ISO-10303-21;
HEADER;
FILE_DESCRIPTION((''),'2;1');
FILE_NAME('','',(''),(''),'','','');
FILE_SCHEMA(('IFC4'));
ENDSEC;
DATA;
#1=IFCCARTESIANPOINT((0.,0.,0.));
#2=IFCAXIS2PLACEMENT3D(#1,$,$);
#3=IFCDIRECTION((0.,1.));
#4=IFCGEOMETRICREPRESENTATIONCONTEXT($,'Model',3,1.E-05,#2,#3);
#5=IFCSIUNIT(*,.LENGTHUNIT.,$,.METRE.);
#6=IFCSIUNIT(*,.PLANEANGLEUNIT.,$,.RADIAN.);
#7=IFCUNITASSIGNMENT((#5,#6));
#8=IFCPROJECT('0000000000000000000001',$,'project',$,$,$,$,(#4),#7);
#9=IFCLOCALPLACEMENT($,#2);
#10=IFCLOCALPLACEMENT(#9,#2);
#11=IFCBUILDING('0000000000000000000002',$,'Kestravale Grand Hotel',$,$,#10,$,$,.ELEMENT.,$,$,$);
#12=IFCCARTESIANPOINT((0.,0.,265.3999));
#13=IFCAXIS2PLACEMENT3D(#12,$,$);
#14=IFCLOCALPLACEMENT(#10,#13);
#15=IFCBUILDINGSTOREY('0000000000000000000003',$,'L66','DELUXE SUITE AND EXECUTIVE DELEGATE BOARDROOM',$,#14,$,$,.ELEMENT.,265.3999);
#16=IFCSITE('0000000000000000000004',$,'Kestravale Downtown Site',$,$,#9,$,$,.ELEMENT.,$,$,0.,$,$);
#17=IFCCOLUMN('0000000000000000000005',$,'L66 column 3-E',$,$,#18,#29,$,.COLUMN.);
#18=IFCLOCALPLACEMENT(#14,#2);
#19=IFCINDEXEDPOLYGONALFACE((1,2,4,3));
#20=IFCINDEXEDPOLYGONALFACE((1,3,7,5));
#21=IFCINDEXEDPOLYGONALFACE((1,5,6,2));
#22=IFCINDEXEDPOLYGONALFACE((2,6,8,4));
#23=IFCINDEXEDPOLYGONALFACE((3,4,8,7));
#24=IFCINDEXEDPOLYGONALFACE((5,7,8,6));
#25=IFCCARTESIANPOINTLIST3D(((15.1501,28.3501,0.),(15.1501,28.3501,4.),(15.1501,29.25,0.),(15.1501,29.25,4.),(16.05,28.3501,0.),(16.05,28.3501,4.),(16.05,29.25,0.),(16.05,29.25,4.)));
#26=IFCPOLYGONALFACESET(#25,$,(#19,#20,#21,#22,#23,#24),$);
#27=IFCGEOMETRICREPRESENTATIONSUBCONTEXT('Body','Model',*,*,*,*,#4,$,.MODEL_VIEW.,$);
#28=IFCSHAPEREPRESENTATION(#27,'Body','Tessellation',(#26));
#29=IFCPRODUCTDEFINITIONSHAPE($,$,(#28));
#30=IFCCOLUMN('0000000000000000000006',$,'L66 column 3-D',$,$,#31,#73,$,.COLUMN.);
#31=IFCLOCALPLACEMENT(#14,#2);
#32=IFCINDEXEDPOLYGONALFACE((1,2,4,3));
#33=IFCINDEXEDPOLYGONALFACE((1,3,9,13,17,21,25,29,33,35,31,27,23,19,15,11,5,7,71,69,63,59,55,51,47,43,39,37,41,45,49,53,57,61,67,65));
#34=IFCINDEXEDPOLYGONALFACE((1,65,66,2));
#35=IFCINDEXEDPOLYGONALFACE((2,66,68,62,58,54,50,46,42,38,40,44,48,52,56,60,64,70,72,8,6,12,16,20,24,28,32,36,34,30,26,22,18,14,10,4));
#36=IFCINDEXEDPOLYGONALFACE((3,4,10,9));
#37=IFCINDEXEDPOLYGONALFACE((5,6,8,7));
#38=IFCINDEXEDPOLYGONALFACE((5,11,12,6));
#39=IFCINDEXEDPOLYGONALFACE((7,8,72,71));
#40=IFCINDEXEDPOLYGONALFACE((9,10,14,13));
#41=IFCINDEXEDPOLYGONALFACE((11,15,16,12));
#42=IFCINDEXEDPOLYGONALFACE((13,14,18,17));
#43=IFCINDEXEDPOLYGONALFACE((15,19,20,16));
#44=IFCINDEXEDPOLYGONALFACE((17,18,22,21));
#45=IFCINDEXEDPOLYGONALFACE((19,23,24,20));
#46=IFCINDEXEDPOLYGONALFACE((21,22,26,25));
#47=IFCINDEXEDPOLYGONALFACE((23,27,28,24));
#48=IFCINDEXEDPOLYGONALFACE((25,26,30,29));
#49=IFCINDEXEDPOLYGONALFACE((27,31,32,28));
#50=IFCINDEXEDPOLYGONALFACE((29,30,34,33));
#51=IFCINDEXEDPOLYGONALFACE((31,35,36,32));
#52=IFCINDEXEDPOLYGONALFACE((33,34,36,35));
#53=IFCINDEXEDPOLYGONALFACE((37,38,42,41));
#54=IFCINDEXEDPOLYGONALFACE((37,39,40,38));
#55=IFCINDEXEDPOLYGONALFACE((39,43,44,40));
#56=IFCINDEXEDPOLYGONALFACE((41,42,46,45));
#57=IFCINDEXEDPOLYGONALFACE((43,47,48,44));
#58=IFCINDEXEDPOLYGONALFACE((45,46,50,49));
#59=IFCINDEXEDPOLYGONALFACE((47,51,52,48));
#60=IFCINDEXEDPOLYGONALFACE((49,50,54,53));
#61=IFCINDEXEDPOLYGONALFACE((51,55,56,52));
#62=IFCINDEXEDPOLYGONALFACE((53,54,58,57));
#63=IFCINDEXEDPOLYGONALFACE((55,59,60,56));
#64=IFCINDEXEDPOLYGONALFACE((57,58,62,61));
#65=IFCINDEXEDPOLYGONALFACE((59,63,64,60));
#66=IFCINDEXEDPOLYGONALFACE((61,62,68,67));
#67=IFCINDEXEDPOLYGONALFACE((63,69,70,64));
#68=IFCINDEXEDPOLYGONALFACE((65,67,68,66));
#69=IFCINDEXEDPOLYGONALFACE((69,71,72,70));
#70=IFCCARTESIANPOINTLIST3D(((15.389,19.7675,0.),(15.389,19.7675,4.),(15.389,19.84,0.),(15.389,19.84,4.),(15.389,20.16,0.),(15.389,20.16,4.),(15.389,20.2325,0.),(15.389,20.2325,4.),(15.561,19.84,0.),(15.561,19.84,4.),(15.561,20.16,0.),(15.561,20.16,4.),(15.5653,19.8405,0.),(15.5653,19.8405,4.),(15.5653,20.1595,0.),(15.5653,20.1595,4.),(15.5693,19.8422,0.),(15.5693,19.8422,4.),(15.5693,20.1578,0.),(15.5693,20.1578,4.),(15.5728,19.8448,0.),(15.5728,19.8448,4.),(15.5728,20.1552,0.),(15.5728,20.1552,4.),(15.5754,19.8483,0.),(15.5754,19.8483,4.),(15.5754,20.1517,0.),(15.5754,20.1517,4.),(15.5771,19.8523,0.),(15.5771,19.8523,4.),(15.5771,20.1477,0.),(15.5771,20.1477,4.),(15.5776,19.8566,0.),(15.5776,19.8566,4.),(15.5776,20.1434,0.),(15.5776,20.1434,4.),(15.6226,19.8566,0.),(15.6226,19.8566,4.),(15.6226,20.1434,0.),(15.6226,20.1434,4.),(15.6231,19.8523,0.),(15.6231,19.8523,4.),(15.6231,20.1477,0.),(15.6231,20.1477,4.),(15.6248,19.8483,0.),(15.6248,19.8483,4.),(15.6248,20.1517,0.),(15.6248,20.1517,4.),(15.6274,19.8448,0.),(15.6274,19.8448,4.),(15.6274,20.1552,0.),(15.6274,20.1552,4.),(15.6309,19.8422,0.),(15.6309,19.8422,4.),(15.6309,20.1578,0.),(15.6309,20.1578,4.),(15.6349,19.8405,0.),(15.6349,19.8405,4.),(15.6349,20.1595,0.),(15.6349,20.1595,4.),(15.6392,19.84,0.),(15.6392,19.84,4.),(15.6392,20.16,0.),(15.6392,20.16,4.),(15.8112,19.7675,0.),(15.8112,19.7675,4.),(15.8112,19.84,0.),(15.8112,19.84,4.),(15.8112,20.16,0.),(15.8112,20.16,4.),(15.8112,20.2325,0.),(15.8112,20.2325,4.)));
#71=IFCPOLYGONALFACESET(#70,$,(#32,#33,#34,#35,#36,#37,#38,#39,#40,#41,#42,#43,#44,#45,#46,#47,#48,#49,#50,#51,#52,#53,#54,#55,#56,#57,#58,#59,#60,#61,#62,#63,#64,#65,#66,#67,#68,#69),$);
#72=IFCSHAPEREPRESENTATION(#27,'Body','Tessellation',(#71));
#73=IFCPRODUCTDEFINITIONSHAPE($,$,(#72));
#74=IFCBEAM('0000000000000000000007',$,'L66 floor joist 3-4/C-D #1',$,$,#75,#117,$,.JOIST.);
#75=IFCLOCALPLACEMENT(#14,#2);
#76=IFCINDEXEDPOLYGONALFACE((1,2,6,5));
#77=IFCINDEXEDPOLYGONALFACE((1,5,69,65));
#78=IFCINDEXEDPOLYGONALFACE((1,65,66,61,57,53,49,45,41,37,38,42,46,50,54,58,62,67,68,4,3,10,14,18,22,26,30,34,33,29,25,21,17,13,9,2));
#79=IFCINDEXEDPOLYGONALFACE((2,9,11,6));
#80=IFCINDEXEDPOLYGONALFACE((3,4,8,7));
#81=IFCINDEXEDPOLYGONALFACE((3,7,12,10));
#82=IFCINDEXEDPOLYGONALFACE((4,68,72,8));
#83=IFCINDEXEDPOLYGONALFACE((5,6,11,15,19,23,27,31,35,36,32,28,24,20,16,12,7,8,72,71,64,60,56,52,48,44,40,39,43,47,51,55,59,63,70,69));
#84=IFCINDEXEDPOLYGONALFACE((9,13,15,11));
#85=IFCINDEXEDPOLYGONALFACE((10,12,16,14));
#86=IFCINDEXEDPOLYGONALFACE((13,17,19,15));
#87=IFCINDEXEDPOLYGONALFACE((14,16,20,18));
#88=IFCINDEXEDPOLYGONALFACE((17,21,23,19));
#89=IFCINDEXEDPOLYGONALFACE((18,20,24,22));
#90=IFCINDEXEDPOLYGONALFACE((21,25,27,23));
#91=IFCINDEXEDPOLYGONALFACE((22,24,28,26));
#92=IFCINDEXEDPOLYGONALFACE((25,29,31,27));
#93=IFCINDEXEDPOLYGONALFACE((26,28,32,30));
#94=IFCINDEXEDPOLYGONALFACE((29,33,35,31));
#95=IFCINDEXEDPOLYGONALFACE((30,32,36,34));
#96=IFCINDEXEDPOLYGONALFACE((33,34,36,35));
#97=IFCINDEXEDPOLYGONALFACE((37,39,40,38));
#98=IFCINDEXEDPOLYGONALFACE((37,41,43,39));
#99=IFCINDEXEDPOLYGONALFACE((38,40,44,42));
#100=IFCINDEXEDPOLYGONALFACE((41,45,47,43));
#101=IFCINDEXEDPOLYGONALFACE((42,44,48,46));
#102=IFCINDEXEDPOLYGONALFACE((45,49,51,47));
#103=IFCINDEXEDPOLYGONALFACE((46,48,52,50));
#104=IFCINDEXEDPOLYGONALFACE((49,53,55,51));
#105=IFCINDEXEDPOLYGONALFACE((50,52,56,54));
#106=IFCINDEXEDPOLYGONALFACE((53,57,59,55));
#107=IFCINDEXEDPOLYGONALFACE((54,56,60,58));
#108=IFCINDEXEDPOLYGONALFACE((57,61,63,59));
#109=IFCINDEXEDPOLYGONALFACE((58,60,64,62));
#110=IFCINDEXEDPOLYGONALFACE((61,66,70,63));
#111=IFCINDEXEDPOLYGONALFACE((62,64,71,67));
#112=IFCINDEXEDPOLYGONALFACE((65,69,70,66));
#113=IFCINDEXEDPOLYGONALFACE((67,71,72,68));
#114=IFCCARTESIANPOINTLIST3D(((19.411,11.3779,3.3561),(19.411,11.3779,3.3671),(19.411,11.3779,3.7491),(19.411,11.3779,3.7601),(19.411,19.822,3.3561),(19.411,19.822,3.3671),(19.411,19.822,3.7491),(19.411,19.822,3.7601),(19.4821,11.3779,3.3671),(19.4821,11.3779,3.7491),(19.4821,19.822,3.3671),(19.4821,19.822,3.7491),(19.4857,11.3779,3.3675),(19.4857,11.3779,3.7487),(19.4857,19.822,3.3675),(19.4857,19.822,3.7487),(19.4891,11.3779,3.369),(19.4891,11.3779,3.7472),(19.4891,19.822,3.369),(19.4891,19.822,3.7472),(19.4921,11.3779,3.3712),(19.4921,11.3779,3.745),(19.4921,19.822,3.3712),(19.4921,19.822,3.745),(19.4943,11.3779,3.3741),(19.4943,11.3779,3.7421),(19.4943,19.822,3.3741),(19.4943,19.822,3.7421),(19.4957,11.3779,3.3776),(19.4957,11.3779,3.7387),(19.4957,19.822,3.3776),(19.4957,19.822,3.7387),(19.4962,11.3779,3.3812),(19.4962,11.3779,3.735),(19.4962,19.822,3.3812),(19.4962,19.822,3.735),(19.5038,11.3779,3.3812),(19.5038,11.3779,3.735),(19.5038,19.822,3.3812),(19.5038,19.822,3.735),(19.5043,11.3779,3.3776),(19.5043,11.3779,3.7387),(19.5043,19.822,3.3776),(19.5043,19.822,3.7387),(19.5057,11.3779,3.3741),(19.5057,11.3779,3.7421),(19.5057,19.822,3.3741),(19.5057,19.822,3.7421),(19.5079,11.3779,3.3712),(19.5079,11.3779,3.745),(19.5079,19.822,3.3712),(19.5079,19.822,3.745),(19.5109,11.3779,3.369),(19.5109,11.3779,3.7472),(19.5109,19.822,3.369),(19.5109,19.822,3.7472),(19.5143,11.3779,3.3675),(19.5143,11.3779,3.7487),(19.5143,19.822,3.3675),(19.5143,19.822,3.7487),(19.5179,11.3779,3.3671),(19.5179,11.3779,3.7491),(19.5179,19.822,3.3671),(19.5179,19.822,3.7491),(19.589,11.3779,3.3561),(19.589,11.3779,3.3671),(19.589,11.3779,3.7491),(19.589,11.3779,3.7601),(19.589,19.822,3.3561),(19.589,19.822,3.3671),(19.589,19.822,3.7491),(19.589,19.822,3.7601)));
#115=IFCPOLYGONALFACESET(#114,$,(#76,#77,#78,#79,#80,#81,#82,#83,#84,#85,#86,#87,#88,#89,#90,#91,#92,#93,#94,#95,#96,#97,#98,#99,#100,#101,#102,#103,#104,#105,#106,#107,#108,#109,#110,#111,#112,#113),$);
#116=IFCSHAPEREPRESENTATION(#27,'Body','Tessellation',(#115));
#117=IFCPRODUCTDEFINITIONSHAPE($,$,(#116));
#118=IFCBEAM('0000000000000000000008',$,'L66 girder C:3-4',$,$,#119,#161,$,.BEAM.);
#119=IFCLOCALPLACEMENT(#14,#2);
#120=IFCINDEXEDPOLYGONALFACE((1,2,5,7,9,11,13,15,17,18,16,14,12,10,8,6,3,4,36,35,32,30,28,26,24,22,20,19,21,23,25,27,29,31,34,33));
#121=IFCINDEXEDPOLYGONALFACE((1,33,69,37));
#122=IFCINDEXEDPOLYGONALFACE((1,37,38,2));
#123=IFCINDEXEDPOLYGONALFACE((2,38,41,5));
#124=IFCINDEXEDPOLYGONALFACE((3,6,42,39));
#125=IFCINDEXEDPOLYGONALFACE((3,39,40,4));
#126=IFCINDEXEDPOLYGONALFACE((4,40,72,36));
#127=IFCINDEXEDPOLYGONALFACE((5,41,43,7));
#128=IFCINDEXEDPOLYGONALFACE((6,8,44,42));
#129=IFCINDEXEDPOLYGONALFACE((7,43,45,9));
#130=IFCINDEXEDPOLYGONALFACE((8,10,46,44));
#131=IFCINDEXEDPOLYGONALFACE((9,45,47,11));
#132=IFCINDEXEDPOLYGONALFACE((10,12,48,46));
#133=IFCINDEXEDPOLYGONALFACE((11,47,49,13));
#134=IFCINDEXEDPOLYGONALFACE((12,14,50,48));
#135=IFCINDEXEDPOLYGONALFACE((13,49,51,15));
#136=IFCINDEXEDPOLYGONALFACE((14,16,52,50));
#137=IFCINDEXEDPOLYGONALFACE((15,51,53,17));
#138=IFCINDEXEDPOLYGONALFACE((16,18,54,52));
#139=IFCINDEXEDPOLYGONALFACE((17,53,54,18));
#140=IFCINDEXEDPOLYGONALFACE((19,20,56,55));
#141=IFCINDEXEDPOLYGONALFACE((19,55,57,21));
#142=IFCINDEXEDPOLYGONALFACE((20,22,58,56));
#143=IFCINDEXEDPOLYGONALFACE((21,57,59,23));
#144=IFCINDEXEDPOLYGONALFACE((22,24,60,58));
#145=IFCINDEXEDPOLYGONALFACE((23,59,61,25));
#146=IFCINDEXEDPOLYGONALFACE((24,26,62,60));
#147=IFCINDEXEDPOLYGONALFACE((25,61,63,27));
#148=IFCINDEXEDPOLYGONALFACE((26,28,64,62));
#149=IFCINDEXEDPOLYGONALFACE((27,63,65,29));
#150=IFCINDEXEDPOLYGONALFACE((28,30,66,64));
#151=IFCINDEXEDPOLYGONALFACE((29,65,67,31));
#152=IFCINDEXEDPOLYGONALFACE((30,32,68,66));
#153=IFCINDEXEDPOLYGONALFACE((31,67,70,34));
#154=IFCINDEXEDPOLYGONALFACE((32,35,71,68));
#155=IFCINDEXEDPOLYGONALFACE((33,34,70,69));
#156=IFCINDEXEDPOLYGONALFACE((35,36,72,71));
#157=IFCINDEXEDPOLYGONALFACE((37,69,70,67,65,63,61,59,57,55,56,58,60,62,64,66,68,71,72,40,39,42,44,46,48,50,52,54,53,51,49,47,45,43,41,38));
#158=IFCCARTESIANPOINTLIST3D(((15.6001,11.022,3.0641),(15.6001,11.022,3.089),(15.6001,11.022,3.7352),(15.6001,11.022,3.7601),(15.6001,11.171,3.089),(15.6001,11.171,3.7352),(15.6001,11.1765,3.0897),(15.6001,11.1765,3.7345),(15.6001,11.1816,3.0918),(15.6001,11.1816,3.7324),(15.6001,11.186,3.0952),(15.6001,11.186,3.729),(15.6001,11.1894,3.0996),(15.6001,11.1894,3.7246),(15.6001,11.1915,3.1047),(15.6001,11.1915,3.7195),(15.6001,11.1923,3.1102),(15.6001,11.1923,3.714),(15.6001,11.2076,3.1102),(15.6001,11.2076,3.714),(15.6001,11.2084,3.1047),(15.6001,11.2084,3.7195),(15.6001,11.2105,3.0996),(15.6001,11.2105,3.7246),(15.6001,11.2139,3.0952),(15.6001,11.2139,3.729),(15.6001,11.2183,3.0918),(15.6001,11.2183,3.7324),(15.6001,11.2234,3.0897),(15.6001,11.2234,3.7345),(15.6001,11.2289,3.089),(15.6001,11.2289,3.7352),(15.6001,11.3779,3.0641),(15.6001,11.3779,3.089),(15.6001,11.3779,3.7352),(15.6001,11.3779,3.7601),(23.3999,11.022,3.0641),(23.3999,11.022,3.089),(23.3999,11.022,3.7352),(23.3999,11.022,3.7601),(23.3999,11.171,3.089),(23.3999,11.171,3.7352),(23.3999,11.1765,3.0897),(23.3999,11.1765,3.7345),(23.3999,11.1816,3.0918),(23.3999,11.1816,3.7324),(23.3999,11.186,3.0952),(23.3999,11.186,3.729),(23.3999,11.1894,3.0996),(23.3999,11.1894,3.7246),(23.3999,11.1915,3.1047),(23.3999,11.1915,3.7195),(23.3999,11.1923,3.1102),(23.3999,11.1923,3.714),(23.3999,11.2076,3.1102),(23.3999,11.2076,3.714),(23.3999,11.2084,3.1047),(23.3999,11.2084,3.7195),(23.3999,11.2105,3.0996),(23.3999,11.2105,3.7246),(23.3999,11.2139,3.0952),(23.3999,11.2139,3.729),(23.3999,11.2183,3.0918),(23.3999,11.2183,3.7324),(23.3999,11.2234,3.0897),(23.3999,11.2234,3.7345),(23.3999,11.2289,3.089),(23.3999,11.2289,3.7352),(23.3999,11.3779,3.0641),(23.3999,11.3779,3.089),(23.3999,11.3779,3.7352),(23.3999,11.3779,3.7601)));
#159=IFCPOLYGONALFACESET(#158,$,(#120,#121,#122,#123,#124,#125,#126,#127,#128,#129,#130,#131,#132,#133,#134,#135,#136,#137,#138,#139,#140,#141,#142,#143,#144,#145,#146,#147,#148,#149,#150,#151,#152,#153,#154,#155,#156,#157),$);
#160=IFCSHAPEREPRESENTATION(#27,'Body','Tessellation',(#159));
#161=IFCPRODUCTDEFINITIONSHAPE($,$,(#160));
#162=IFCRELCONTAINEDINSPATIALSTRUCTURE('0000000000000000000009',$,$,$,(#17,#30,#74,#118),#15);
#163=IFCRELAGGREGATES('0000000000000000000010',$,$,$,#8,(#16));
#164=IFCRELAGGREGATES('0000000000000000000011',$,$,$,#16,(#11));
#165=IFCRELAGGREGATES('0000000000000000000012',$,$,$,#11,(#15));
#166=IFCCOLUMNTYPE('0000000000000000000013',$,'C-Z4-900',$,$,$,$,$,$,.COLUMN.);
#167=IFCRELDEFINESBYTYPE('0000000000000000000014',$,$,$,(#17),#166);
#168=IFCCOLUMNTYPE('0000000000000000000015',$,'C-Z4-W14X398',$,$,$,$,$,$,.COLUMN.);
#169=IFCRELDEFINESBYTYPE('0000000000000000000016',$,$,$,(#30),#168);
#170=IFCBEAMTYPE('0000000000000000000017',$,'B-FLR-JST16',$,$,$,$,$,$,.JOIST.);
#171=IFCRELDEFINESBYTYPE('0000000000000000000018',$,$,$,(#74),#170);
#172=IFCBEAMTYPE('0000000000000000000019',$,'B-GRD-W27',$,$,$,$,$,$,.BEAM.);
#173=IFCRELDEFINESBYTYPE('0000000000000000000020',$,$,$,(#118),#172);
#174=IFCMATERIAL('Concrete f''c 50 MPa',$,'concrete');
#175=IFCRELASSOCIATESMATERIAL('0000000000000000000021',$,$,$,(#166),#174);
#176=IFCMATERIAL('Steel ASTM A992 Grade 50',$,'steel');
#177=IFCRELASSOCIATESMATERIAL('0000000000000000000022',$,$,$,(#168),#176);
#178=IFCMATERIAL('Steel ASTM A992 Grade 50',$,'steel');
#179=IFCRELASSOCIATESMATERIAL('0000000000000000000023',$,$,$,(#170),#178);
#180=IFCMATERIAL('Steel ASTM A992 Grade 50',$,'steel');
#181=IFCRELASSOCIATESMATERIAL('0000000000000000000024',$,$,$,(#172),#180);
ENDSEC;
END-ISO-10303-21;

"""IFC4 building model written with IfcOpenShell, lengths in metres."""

from ifc_helpers import new_model, si_unit, direction, frame, origin, origin_2d, place, context, subcontext, project, spatial, rectangle, i_section, extrude, material, material_profile, profile_set, type_object, element, save


model = new_model("IFC4")

# Units and contexts
model_context = context("Model", 3, precision=1e-05, world=origin(), true_north=direction((0.0, 1.0)))
body_context = subcontext(model_context, "Body", "Model", "MODEL_VIEW")
ifc_project = project(units=[si_unit("LENGTHUNIT", "METRE"), si_unit("PLANEANGLEUNIT", "RADIAN")], contexts=[model_context])

# Site, building, storey
site_placement = place(None, origin())
site = spatial("IfcSite", under=ifc_project, at=site_placement, Name="Kestravale Downtown Site", CompositionType="ELEMENT", RefElevation=0.0)
building_placement = place(site_placement, origin())
building = spatial("IfcBuilding", under=site, at=building_placement, Name="Kestravale Grand Hotel", CompositionType="ELEMENT")
storey_placement = place(building_placement, frame((0.0, 0.0, 265.3999)))
storey = spatial("IfcBuildingStorey", under=building, at=storey_placement, Name="L66", Description="DELUXE SUITE AND EXECUTIVE DELEGATE BOARDROOM", CompositionType="ELEMENT", Elevation=265.3999)

# Columns
ifc_material_1 = material(Name="Concrete f'c 50 MPa", Category="concrete")
ifc_material_profile_1 = material_profile(ifc_material_1, rectangle(XDim=0.8999, YDim=0.8999, at=origin_2d()))
ifc_profile_set_1 = profile_set([ifc_material_profile_1], Name="Concrete f'c 50 MPa")
column_type_1 = type_object("IfcColumnType", Name="C-Z4-900", PredefinedType="COLUMN", material=ifc_profile_set_1)
column_1_placement = place(storey_placement, frame((15.6001, 28.8, 0.0), z_axis=(0.0, 0.0, 1.0), x_axis=(1.0, 0.0, 0.0)))
element("IfcColumn", 1, at=column_1_placement, inside=storey, type_object=column_type_1, Name="L66 column 3-E", PredefinedType="COLUMN", context=body_context, shape_type="SweptSolid", body=[
    extrude(rectangle(XDim=0.8999, YDim=0.8999, at=origin_2d()), origin(), (0.0, 0.0, 1.0), 4.0),
])
ifc_material_2 = material(Name="Steel ASTM A992 Grade 50", Category="steel")
ifc_material_profile_2 = material_profile(ifc_material_2, i_section(OverallWidth=0.4221, OverallDepth=0.4651, WebThickness=0.0449, FlangeThickness=0.0725, FilletRadius=0.0166, at=origin_2d()))
ifc_profile_set_2 = profile_set([ifc_material_profile_2], Name="Steel ASTM A992 Grade 50")
column_type_2 = type_object("IfcColumnType", Name="C-Z4-W14X398", PredefinedType="COLUMN", material=ifc_profile_set_2)
column_2_placement = place(storey_placement, frame((15.6001, 20.0, 0.0), z_axis=(0.0, 0.0, 1.0), x_axis=(1.0, 0.0, 0.0)))
element("IfcColumn", 2, at=column_2_placement, inside=storey, type_object=column_type_2, Name="L66 column 3-D", PredefinedType="COLUMN", context=body_context, shape_type="SweptSolid", body=[
    extrude(i_section(OverallWidth=0.4221, OverallDepth=0.4651, WebThickness=0.0449, FlangeThickness=0.0725, FilletRadius=0.0166, at=origin_2d()), origin(), (0.0, 0.0, 1.0), 4.0),
])

# Beams
ifc_material_3 = material(Name="Steel ASTM A992 Grade 50", Category="steel")
ifc_material_profile_3 = material_profile(ifc_material_3, i_section(OverallWidth=0.178, OverallDepth=0.4041, WebThickness=0.0076, FlangeThickness=0.011, FilletRadius=0.0142, at=origin_2d()))
ifc_profile_set_3 = profile_set([ifc_material_profile_3], Name="Steel ASTM A992 Grade 50")
beam_type_1 = type_object("IfcBeamType", Name="B-FLR-JST16", PredefinedType="JOIST", material=ifc_profile_set_3)
beam_1_placement = place(storey_placement, frame((19.5, 11.3779, 3.5581), z_axis=(0.0, 1.0, 0.0), x_axis=(-1.0, 0.0, 0.0)))
element("IfcBeam", 3, at=beam_1_placement, inside=storey, type_object=beam_type_1, Name="L66 floor joist 3-4/C-D #1", PredefinedType="JOIST", context=body_context, shape_type="SweptSolid", body=[
    extrude(i_section(OverallWidth=0.178, OverallDepth=0.4041, WebThickness=0.0076, FlangeThickness=0.011, FilletRadius=0.0142, at=origin_2d()), origin(), (0.0, 0.0, 1.0), 8.4441),
])
ifc_material_4 = material(Name="Steel ASTM A992 Grade 50", Category="steel")
ifc_material_profile_4 = material_profile(ifc_material_4, i_section(OverallWidth=0.356, OverallDepth=0.696, WebThickness=0.0154, FlangeThickness=0.0249, FilletRadius=0.0212, at=origin_2d()))
ifc_profile_set_4 = profile_set([ifc_material_profile_4], Name="Steel ASTM A992 Grade 50")
beam_type_2 = type_object("IfcBeamType", Name="B-GRD-W27", PredefinedType="BEAM", material=ifc_profile_set_4)
for number, where, z_axis, x_axis, name in (
    (4, (15.6001, 11.2, 3.4121), (1.0, 0.0, 0.0), (0.0, 1.0, 0.0), "L66 girder C:3-4"),
):
    element("IfcBeam", number, at=place(storey_placement, frame(where, z_axis=z_axis, x_axis=x_axis)), inside=storey, type_object=beam_type_2, Name=name, PredefinedType="BEAM", context=body_context, shape_type="SweptSolid", body=[
        extrude(i_section(OverallWidth=0.356, OverallDepth=0.696, WebThickness=0.0154, FlangeThickness=0.0249, FilletRadius=0.0212, at=origin_2d()), origin(), (0.0, 0.0, 1.0), 7.7998),
    ])

save(model, "model.ifc")
